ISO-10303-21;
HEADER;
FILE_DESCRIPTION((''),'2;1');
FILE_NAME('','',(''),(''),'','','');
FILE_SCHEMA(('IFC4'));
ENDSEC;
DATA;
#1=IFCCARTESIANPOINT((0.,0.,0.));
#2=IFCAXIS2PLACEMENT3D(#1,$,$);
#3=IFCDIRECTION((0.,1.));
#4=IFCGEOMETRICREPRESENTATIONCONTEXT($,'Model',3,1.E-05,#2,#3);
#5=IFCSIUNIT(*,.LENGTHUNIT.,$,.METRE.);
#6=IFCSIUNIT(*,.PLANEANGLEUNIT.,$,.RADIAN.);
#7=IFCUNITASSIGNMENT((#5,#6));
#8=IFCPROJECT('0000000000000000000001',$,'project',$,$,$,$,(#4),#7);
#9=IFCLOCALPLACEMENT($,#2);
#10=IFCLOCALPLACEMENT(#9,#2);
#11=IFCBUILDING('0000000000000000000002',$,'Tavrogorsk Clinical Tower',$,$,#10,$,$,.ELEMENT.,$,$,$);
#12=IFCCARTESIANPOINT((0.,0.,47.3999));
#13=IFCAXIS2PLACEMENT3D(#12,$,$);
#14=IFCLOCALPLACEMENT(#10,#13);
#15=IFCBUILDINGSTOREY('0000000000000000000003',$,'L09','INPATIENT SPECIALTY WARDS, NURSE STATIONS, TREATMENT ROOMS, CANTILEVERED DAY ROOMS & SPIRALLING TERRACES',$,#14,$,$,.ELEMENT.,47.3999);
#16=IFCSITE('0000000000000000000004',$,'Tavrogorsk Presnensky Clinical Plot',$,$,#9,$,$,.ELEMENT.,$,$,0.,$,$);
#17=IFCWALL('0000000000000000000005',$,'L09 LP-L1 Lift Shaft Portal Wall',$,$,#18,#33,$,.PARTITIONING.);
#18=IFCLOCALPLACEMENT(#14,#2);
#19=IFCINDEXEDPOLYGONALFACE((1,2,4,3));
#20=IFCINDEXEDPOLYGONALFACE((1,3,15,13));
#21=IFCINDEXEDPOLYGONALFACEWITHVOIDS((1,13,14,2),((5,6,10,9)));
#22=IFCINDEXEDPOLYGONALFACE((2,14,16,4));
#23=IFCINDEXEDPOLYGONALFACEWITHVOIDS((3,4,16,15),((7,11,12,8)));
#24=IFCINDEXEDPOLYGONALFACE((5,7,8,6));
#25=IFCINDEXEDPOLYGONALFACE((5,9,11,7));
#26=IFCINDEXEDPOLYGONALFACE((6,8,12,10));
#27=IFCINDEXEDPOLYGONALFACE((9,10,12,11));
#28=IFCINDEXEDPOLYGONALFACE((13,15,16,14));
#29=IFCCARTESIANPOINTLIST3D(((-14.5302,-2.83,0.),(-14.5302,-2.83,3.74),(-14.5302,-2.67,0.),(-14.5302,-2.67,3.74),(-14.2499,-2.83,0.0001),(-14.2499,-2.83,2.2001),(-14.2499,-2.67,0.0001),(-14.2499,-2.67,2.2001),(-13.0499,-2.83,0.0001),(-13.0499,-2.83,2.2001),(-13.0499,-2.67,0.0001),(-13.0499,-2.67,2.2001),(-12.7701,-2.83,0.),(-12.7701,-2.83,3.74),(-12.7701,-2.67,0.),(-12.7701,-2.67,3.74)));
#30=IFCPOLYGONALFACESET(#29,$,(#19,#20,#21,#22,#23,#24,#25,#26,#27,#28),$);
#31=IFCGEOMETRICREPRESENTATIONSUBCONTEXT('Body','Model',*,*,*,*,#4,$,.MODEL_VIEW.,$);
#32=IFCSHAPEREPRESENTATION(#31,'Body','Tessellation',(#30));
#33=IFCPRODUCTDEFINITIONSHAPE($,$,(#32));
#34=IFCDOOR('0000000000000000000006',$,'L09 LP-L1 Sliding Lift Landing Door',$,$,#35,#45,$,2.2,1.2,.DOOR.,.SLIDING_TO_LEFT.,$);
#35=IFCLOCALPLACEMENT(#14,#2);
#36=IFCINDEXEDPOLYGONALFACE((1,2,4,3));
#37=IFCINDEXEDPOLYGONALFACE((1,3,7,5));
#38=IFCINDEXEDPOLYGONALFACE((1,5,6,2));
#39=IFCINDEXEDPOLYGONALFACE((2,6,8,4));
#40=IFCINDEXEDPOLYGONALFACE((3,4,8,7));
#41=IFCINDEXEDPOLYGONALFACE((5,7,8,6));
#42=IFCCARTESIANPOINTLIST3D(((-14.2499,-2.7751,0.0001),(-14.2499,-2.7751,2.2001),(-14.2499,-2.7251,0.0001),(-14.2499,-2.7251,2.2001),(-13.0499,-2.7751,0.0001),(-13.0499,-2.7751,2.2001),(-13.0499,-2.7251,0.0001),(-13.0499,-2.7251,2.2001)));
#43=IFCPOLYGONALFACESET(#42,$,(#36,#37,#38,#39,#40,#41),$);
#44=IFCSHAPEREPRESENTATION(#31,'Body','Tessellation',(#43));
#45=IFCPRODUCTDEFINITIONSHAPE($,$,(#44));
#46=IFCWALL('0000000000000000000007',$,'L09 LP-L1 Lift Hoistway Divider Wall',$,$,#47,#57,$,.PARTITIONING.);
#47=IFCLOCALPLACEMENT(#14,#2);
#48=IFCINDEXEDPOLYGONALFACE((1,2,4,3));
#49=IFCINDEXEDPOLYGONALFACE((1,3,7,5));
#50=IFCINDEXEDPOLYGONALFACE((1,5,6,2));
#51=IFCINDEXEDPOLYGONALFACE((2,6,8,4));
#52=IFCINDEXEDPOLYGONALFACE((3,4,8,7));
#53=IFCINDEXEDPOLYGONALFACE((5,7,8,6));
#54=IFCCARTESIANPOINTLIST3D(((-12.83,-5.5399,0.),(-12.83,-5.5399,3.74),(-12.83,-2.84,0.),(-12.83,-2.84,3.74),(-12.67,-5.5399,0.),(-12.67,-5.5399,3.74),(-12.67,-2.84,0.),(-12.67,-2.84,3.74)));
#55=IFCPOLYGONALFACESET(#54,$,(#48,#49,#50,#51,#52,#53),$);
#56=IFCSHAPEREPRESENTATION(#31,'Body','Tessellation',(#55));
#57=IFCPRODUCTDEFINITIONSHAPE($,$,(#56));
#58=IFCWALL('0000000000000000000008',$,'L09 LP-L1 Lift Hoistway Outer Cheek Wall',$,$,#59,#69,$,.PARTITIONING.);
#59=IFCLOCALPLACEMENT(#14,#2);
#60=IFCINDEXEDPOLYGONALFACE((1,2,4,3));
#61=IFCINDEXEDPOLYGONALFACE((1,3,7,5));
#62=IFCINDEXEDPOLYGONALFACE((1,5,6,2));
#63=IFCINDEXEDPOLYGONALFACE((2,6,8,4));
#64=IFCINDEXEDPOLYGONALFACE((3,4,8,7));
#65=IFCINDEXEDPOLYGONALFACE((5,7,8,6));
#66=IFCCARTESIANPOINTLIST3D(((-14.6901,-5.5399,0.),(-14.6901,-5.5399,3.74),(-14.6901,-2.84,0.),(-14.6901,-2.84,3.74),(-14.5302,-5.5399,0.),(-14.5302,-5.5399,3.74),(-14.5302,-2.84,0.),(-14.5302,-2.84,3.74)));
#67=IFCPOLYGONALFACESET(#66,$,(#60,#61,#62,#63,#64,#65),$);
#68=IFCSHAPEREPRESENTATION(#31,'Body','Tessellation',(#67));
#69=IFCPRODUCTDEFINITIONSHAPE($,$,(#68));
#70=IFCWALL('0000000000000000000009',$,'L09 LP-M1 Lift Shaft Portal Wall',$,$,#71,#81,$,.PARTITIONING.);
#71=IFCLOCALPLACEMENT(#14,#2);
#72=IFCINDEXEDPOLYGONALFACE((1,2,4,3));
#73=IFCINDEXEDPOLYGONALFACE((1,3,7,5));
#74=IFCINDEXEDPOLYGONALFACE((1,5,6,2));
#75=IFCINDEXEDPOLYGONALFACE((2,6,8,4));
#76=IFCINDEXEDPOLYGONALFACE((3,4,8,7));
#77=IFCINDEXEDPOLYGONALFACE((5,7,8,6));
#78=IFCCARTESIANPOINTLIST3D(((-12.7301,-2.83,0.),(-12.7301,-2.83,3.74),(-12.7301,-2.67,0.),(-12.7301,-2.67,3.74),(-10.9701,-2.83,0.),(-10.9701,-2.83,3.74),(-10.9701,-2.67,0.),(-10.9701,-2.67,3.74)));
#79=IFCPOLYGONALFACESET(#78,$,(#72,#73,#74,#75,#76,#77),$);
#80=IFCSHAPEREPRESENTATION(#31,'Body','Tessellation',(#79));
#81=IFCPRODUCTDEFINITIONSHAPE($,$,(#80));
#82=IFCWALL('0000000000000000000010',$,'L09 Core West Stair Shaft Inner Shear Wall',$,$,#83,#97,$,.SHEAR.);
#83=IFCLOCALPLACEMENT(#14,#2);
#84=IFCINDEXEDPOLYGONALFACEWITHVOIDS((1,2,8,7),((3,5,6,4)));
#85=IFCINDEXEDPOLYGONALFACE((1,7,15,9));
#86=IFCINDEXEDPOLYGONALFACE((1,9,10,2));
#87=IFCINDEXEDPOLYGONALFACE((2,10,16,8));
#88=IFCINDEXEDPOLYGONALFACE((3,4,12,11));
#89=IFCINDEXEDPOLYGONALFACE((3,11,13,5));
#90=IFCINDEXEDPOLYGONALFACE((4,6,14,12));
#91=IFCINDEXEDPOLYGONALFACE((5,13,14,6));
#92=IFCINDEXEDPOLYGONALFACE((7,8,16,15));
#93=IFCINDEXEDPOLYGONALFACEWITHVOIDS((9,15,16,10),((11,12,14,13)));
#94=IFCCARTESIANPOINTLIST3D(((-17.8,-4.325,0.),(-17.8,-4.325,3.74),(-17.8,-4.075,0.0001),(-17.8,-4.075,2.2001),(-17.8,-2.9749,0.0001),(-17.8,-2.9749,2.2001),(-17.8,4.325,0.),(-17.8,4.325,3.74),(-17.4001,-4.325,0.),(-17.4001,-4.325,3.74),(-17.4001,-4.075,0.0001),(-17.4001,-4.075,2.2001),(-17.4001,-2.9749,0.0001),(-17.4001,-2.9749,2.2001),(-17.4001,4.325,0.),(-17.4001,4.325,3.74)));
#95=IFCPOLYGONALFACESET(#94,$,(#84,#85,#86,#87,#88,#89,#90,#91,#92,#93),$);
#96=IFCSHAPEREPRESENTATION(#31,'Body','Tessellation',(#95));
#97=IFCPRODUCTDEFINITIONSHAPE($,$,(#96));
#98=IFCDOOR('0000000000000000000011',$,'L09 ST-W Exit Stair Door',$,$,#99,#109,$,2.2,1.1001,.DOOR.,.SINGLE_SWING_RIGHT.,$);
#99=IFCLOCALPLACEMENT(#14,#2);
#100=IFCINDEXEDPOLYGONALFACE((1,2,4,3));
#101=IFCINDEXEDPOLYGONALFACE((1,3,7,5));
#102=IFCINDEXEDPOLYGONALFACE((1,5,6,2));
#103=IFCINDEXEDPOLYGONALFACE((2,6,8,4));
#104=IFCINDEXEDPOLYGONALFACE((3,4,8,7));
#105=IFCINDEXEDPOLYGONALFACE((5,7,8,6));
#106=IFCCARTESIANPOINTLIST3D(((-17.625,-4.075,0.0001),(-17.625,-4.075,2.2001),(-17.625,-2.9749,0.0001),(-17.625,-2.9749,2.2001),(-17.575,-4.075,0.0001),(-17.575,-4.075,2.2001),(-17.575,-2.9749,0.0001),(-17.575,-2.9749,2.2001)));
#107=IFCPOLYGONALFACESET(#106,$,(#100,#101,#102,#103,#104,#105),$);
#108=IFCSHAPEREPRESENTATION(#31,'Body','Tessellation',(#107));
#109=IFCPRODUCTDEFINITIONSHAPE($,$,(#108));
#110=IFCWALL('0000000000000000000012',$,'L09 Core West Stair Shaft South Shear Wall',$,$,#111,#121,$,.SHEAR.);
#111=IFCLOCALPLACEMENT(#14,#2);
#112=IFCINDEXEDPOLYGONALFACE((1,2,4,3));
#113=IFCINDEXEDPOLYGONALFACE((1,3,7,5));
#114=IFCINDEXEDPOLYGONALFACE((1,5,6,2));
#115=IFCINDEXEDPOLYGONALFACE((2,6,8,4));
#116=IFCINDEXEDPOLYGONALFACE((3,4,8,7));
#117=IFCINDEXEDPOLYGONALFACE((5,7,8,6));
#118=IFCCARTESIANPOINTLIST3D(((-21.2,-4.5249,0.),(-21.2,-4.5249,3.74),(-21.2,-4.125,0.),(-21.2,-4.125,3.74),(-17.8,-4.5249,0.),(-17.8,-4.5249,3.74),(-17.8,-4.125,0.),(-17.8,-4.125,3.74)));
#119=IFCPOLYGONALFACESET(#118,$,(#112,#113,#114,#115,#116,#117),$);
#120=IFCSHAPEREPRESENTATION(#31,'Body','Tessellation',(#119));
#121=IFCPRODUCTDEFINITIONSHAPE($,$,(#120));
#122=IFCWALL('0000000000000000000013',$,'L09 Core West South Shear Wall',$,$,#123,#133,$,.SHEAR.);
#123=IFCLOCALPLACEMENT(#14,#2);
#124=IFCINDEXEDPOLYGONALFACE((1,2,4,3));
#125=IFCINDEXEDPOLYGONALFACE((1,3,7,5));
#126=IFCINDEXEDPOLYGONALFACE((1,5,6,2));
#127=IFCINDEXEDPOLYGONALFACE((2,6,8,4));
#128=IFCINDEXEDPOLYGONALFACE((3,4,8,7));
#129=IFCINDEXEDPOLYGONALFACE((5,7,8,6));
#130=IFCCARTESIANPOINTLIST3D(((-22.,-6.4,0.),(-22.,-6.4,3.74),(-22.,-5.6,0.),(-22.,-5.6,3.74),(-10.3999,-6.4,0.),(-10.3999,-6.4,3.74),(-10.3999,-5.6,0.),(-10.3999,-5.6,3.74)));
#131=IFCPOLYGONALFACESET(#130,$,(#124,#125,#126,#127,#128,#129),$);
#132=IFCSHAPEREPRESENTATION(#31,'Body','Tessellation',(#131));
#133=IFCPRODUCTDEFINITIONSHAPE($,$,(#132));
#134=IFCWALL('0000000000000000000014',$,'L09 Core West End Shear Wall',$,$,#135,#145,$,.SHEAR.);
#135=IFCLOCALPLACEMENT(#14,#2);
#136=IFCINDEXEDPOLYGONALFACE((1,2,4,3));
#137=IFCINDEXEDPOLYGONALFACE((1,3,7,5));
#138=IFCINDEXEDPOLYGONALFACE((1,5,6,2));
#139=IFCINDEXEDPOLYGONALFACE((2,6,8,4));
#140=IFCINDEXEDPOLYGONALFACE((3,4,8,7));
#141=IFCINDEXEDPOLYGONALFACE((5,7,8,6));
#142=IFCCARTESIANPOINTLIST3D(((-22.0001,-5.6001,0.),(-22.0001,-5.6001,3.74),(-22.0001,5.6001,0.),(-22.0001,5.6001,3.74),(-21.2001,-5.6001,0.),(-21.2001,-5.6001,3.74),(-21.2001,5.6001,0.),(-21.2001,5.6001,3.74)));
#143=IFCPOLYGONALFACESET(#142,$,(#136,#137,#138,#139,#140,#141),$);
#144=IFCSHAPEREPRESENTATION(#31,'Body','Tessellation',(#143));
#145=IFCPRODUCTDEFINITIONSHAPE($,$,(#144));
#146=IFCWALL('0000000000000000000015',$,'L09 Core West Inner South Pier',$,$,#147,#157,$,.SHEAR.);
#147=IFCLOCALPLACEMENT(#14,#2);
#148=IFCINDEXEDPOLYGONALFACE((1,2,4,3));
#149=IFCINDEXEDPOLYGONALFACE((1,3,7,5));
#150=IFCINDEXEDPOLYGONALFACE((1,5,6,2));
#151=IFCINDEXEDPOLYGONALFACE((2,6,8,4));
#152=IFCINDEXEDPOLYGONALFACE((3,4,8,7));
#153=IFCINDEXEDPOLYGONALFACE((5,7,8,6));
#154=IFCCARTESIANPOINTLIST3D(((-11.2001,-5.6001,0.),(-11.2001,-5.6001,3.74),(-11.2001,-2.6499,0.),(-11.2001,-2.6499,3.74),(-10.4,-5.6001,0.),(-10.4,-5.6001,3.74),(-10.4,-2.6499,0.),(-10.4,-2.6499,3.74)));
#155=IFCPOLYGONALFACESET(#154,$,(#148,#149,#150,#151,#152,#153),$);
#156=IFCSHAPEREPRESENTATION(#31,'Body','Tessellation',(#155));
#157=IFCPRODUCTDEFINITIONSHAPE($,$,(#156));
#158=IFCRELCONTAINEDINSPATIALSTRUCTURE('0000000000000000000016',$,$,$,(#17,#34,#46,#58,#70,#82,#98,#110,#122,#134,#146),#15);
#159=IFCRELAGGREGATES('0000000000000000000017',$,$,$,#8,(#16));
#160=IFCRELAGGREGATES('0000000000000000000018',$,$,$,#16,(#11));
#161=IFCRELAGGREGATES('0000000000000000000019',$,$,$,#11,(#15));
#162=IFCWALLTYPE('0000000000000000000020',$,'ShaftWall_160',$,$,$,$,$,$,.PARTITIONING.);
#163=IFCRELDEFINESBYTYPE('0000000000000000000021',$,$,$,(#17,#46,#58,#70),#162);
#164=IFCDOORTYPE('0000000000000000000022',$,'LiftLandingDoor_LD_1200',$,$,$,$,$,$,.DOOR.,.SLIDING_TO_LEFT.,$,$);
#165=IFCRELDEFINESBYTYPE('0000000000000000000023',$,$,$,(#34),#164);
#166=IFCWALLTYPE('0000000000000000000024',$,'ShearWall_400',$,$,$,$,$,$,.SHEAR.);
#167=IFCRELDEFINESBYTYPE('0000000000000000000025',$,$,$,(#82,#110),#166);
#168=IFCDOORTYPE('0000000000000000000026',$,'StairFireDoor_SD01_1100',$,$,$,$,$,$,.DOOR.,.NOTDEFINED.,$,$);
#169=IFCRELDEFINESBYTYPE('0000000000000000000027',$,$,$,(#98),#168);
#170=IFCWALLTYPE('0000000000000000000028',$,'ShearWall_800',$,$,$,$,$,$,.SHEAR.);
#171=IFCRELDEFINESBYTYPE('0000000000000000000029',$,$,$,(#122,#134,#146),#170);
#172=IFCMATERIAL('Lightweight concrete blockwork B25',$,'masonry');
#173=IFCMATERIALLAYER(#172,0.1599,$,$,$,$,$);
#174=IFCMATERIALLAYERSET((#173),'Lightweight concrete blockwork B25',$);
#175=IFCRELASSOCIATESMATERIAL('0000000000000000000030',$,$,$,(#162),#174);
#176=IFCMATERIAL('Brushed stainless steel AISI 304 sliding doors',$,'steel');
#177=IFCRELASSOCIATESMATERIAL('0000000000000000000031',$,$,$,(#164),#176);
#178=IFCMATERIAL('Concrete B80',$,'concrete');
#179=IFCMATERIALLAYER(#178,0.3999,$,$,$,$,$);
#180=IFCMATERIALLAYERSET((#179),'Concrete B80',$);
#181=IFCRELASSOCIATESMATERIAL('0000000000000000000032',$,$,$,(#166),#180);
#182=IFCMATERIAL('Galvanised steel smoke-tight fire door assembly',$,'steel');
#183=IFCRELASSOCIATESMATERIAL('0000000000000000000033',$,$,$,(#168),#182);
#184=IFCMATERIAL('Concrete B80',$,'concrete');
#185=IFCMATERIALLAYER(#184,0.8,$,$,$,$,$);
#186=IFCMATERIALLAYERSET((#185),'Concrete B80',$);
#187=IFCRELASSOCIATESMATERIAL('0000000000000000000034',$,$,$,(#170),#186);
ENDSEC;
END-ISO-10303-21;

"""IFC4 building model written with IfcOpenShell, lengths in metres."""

from ifc_helpers import new_model, si_unit, direction, frame, frame_2d, origin, place, context, subcontext, project, spatial, rectangle, extrude, material, layer, layer_set, type_object, element, fill, save


model = new_model("IFC4")

# Units and contexts
model_context = context("Model", 3, precision=1e-05, world=origin(), true_north=direction((0.0, 1.0)))
body_context = subcontext(model_context, "Body", "Model", "MODEL_VIEW")
ifc_project = project(units=[si_unit("LENGTHUNIT", "METRE"), si_unit("PLANEANGLEUNIT", "RADIAN")], contexts=[model_context])

# Site, building, storey
site_placement = place(None, origin())
site = spatial("IfcSite", under=ifc_project, at=site_placement, Name="Tavrogorsk Presnensky Clinical Plot", CompositionType="ELEMENT", RefElevation=0.0)
building_placement = place(site_placement, origin())
building = spatial("IfcBuilding", under=site, at=building_placement, Name="Tavrogorsk Clinical Tower", CompositionType="ELEMENT")
storey_placement = place(building_placement, frame((0.0, 0.0, 47.3999)))
storey = spatial("IfcBuildingStorey", under=building, at=storey_placement, Name="L09", Description="INPATIENT SPECIALTY WARDS, NURSE STATIONS, TREATMENT ROOMS, CANTILEVERED DAY ROOMS & SPIRALLING TERRACES", CompositionType="ELEMENT", Elevation=47.3999)

# Wall, opening, door
ifc_material_1 = material(Name="Lightweight concrete blockwork B25", Category="masonry")
ifc_layer_1 = layer(ifc_material_1, 0.1599)
ifc_layer_set_1 = layer_set([ifc_layer_1], Name="Lightweight concrete blockwork B25")
wall_type_1 = type_object("IfcWallType", Name="ShaftWall_160", PredefinedType="PARTITIONING", material=ifc_layer_set_1)
wall_1_placement = place(storey_placement, frame((-14.53, -2.75, 0.0), z_axis=(0.0, 0.0, 1.0), x_axis=(1.0, 0.0, 0.0)))
wall_1 = element("IfcWall", 1, at=wall_1_placement, inside=storey, type_object=wall_type_1, Name="L09 LP-L1 Lift Shaft Portal Wall", PredefinedType="PARTITIONING", context=body_context, shape_type="SweptSolid", body=[
    extrude(rectangle(XDim=1.76, YDim=0.1599, at=frame_2d((0.8799, 0.0))), origin(), (0.0, 0.0, 1.0), 3.74),
])
opening_1_placement = place(wall_1_placement, frame((0.28, 0.0, 0.0)))
opening_1 = element("IfcOpeningElement", 2, at=opening_1_placement, cuts=wall_1, PredefinedType="OPENING", context=body_context, shape_type="SweptSolid", body=[
    extrude(rectangle(XDim=1.2, YDim=2.2, at=frame_2d((0.6001, 1.1001))), frame((0.0, 0.0898, 0.0), z_axis=(0.0, -1.0, 0.0), x_axis=(1.0, 0.0, 0.0)), (0.0, 0.0, 1.0), 0.1799),
])
ifc_material_2 = material(Name="Brushed stainless steel AISI 304 sliding doors", Category="steel")
door_type_1 = type_object("IfcDoorType", Name="LiftLandingDoor_LD_1200", OperationType="SLIDING_TO_LEFT", PredefinedType="DOOR", material=ifc_material_2)
door_1_placement = place(opening_1_placement, origin())
door_1 = element("IfcDoor", 3, at=door_1_placement, inside=storey, type_object=door_type_1, Name="L09 LP-L1 Sliding Lift Landing Door", OperationType="SLIDING_TO_LEFT", OverallHeight=2.2, OverallWidth=1.2, PredefinedType="DOOR", context=body_context, shape_type="SweptSolid", body=[
    extrude(rectangle(XDim=1.2, YDim=2.2, at=frame_2d((0.6001, 1.1001))), frame((0.0, 0.0249, 0.0), z_axis=(0.0, -1.0, 0.0), x_axis=(1.0, 0.0, 0.0)), (0.0, 0.0, 1.0), 0.05),
])
fill(opening_1, door_1)

# Walls
for number, where, z_axis, x_axis, name in (
    (4, (-12.75, -5.54, 0.0), (0.0, 0.0, 1.0), (0.0, 1.0, 0.0), "L09 LP-L1 Lift Hoistway Divider Wall"),
    (5, (-14.6101, -5.54, 0.0), (0.0, 0.0, 1.0), (0.0, 1.0, 0.0), "L09 LP-L1 Lift Hoistway Outer Cheek Wall"),
):
    element("IfcWall", number, at=place(storey_placement, frame(where, z_axis=z_axis, x_axis=x_axis)), inside=storey, type_object=wall_type_1, Name=name, PredefinedType="PARTITIONING", context=body_context, shape_type="SweptSolid", body=[
        extrude(rectangle(XDim=2.7, YDim=0.1599, at=frame_2d((1.3501, 0.0))), origin(), (0.0, 0.0, 1.0), 3.74),
    ])
wall_2_placement = place(storey_placement, frame((-12.73, -2.75, 0.0), z_axis=(0.0, 0.0, 1.0), x_axis=(1.0, 0.0, 0.0)))
element("IfcWall", 6, at=wall_2_placement, inside=storey, type_object=wall_type_1, Name="L09 LP-M1 Lift Shaft Portal Wall", PredefinedType="PARTITIONING", context=body_context, shape_type="SweptSolid", body=[
    extrude(rectangle(XDim=1.76, YDim=0.1599, at=frame_2d((0.8799, 0.0))), origin(), (0.0, 0.0, 1.0), 3.74),
])

# Wall, opening, door
ifc_material_3 = material(Name="Concrete B80", Category="concrete")
ifc_layer_2 = layer(ifc_material_3, 0.3999)
ifc_layer_set_2 = layer_set([ifc_layer_2], Name="Concrete B80")
wall_type_2 = type_object("IfcWallType", Name="ShearWall_400", PredefinedType="SHEAR", material=ifc_layer_set_2)
wall_3_placement = place(storey_placement, frame((-17.6001, -4.325, 0.0), z_axis=(0.0, 0.0, 1.0), x_axis=(0.0, 1.0, 0.0)))
wall_3 = element("IfcWall", 7, at=wall_3_placement, inside=storey, type_object=wall_type_2, Name="L09 Core West Stair Shaft Inner Shear Wall", PredefinedType="SHEAR", context=body_context, shape_type="SweptSolid", body=[
    extrude(rectangle(XDim=8.6499, YDim=0.3999, at=frame_2d((4.325, 0.0))), origin(), (0.0, 0.0, 1.0), 3.74),
])
opening_2_placement = place(wall_3_placement, frame((0.25, 0.0, 0.0)))
opening_2 = element("IfcOpeningElement", 8, at=opening_2_placement, cuts=wall_3, PredefinedType="OPENING", context=body_context, shape_type="SweptSolid", body=[
    extrude(rectangle(XDim=1.1001, YDim=2.2, at=frame_2d((0.55, 1.1001))), frame((0.0, 0.21, 0.0), z_axis=(0.0, -1.0, 0.0), x_axis=(1.0, 0.0, 0.0)), (0.0, 0.0, 1.0), 0.4199),
])
ifc_material_4 = material(Name="Galvanised steel smoke-tight fire door assembly", Category="steel")
door_type_2 = type_object("IfcDoorType", Name="StairFireDoor_SD01_1100", OperationType="NOTDEFINED", PredefinedType="DOOR", material=ifc_material_4)
door_2_placement = place(opening_2_placement, origin())
door_2 = element("IfcDoor", 9, at=door_2_placement, inside=storey, type_object=door_type_2, Name="L09 ST-W Exit Stair Door", OperationType="SINGLE_SWING_RIGHT", OverallHeight=2.2, OverallWidth=1.1001, PredefinedType="DOOR", context=body_context, shape_type="SweptSolid", body=[
    extrude(rectangle(XDim=1.1001, YDim=2.2, at=frame_2d((0.55, 1.1001))), frame((0.0, 0.0249, 0.0), z_axis=(0.0, -1.0, 0.0), x_axis=(1.0, 0.0, 0.0)), (0.0, 0.0, 1.0), 0.05),
])
fill(opening_2, door_2)

# Walls
wall_4_placement = place(storey_placement, frame((-21.2, -4.325, 0.0), z_axis=(0.0, 0.0, 1.0), x_axis=(1.0, 0.0, 0.0)))
element("IfcWall", 10, at=wall_4_placement, inside=storey, type_object=wall_type_2, Name="L09 Core West Stair Shaft South Shear Wall", PredefinedType="SHEAR", context=body_context, shape_type="SweptSolid", body=[
    extrude(rectangle(XDim=3.3999, YDim=0.3999, at=frame_2d((1.7, 0.0))), origin(), (0.0, 0.0, 1.0), 3.74),
])
ifc_material_5 = material(Name="Concrete B80", Category="concrete")
ifc_layer_3 = layer(ifc_material_5, 0.8)
ifc_layer_set_3 = layer_set([ifc_layer_3], Name="Concrete B80")
wall_type_3 = type_object("IfcWallType", Name="ShearWall_800", PredefinedType="SHEAR", material=ifc_layer_set_3)
wall_5_placement = place(storey_placement, frame((-22.0, -6.0, 0.0), z_axis=(0.0, 0.0, 1.0), x_axis=(1.0, 0.0, 0.0)))
element("IfcWall", 11, at=wall_5_placement, inside=storey, type_object=wall_type_3, Name="L09 Core West South Shear Wall", PredefinedType="SHEAR", context=body_context, shape_type="SweptSolid", body=[
    extrude(rectangle(XDim=11.6001, YDim=0.8, at=frame_2d((5.8, 0.0))), origin(), (0.0, 0.0, 1.0), 3.74),
])
wall_6_placement = place(storey_placement, frame((-21.6001, -5.6001, 0.0), z_axis=(0.0, 0.0, 1.0), x_axis=(0.0, 1.0, 0.0)))
element("IfcWall", 12, at=wall_6_placement, inside=storey, type_object=wall_type_3, Name="L09 Core West End Shear Wall", PredefinedType="SHEAR", context=body_context, shape_type="SweptSolid", body=[
    extrude(rectangle(XDim=11.2002, YDim=0.8, at=frame_2d((5.6001, 0.0))), origin(), (0.0, 0.0, 1.0), 3.74),
])
wall_7_placement = place(storey_placement, frame((-10.8, -5.6001, 0.0), z_axis=(0.0, 0.0, 1.0), x_axis=(0.0, 1.0, 0.0)))
element("IfcWall", 13, at=wall_7_placement, inside=storey, type_object=wall_type_3, Name="L09 Core West Inner South Pier", PredefinedType="SHEAR", context=body_context, shape_type="SweptSolid", body=[
    extrude(rectangle(XDim=2.9502, YDim=0.8, at=frame_2d((1.4751, 0.0))), origin(), (0.0, 0.0, 1.0), 3.74),
])

save(model, "model.ifc")
